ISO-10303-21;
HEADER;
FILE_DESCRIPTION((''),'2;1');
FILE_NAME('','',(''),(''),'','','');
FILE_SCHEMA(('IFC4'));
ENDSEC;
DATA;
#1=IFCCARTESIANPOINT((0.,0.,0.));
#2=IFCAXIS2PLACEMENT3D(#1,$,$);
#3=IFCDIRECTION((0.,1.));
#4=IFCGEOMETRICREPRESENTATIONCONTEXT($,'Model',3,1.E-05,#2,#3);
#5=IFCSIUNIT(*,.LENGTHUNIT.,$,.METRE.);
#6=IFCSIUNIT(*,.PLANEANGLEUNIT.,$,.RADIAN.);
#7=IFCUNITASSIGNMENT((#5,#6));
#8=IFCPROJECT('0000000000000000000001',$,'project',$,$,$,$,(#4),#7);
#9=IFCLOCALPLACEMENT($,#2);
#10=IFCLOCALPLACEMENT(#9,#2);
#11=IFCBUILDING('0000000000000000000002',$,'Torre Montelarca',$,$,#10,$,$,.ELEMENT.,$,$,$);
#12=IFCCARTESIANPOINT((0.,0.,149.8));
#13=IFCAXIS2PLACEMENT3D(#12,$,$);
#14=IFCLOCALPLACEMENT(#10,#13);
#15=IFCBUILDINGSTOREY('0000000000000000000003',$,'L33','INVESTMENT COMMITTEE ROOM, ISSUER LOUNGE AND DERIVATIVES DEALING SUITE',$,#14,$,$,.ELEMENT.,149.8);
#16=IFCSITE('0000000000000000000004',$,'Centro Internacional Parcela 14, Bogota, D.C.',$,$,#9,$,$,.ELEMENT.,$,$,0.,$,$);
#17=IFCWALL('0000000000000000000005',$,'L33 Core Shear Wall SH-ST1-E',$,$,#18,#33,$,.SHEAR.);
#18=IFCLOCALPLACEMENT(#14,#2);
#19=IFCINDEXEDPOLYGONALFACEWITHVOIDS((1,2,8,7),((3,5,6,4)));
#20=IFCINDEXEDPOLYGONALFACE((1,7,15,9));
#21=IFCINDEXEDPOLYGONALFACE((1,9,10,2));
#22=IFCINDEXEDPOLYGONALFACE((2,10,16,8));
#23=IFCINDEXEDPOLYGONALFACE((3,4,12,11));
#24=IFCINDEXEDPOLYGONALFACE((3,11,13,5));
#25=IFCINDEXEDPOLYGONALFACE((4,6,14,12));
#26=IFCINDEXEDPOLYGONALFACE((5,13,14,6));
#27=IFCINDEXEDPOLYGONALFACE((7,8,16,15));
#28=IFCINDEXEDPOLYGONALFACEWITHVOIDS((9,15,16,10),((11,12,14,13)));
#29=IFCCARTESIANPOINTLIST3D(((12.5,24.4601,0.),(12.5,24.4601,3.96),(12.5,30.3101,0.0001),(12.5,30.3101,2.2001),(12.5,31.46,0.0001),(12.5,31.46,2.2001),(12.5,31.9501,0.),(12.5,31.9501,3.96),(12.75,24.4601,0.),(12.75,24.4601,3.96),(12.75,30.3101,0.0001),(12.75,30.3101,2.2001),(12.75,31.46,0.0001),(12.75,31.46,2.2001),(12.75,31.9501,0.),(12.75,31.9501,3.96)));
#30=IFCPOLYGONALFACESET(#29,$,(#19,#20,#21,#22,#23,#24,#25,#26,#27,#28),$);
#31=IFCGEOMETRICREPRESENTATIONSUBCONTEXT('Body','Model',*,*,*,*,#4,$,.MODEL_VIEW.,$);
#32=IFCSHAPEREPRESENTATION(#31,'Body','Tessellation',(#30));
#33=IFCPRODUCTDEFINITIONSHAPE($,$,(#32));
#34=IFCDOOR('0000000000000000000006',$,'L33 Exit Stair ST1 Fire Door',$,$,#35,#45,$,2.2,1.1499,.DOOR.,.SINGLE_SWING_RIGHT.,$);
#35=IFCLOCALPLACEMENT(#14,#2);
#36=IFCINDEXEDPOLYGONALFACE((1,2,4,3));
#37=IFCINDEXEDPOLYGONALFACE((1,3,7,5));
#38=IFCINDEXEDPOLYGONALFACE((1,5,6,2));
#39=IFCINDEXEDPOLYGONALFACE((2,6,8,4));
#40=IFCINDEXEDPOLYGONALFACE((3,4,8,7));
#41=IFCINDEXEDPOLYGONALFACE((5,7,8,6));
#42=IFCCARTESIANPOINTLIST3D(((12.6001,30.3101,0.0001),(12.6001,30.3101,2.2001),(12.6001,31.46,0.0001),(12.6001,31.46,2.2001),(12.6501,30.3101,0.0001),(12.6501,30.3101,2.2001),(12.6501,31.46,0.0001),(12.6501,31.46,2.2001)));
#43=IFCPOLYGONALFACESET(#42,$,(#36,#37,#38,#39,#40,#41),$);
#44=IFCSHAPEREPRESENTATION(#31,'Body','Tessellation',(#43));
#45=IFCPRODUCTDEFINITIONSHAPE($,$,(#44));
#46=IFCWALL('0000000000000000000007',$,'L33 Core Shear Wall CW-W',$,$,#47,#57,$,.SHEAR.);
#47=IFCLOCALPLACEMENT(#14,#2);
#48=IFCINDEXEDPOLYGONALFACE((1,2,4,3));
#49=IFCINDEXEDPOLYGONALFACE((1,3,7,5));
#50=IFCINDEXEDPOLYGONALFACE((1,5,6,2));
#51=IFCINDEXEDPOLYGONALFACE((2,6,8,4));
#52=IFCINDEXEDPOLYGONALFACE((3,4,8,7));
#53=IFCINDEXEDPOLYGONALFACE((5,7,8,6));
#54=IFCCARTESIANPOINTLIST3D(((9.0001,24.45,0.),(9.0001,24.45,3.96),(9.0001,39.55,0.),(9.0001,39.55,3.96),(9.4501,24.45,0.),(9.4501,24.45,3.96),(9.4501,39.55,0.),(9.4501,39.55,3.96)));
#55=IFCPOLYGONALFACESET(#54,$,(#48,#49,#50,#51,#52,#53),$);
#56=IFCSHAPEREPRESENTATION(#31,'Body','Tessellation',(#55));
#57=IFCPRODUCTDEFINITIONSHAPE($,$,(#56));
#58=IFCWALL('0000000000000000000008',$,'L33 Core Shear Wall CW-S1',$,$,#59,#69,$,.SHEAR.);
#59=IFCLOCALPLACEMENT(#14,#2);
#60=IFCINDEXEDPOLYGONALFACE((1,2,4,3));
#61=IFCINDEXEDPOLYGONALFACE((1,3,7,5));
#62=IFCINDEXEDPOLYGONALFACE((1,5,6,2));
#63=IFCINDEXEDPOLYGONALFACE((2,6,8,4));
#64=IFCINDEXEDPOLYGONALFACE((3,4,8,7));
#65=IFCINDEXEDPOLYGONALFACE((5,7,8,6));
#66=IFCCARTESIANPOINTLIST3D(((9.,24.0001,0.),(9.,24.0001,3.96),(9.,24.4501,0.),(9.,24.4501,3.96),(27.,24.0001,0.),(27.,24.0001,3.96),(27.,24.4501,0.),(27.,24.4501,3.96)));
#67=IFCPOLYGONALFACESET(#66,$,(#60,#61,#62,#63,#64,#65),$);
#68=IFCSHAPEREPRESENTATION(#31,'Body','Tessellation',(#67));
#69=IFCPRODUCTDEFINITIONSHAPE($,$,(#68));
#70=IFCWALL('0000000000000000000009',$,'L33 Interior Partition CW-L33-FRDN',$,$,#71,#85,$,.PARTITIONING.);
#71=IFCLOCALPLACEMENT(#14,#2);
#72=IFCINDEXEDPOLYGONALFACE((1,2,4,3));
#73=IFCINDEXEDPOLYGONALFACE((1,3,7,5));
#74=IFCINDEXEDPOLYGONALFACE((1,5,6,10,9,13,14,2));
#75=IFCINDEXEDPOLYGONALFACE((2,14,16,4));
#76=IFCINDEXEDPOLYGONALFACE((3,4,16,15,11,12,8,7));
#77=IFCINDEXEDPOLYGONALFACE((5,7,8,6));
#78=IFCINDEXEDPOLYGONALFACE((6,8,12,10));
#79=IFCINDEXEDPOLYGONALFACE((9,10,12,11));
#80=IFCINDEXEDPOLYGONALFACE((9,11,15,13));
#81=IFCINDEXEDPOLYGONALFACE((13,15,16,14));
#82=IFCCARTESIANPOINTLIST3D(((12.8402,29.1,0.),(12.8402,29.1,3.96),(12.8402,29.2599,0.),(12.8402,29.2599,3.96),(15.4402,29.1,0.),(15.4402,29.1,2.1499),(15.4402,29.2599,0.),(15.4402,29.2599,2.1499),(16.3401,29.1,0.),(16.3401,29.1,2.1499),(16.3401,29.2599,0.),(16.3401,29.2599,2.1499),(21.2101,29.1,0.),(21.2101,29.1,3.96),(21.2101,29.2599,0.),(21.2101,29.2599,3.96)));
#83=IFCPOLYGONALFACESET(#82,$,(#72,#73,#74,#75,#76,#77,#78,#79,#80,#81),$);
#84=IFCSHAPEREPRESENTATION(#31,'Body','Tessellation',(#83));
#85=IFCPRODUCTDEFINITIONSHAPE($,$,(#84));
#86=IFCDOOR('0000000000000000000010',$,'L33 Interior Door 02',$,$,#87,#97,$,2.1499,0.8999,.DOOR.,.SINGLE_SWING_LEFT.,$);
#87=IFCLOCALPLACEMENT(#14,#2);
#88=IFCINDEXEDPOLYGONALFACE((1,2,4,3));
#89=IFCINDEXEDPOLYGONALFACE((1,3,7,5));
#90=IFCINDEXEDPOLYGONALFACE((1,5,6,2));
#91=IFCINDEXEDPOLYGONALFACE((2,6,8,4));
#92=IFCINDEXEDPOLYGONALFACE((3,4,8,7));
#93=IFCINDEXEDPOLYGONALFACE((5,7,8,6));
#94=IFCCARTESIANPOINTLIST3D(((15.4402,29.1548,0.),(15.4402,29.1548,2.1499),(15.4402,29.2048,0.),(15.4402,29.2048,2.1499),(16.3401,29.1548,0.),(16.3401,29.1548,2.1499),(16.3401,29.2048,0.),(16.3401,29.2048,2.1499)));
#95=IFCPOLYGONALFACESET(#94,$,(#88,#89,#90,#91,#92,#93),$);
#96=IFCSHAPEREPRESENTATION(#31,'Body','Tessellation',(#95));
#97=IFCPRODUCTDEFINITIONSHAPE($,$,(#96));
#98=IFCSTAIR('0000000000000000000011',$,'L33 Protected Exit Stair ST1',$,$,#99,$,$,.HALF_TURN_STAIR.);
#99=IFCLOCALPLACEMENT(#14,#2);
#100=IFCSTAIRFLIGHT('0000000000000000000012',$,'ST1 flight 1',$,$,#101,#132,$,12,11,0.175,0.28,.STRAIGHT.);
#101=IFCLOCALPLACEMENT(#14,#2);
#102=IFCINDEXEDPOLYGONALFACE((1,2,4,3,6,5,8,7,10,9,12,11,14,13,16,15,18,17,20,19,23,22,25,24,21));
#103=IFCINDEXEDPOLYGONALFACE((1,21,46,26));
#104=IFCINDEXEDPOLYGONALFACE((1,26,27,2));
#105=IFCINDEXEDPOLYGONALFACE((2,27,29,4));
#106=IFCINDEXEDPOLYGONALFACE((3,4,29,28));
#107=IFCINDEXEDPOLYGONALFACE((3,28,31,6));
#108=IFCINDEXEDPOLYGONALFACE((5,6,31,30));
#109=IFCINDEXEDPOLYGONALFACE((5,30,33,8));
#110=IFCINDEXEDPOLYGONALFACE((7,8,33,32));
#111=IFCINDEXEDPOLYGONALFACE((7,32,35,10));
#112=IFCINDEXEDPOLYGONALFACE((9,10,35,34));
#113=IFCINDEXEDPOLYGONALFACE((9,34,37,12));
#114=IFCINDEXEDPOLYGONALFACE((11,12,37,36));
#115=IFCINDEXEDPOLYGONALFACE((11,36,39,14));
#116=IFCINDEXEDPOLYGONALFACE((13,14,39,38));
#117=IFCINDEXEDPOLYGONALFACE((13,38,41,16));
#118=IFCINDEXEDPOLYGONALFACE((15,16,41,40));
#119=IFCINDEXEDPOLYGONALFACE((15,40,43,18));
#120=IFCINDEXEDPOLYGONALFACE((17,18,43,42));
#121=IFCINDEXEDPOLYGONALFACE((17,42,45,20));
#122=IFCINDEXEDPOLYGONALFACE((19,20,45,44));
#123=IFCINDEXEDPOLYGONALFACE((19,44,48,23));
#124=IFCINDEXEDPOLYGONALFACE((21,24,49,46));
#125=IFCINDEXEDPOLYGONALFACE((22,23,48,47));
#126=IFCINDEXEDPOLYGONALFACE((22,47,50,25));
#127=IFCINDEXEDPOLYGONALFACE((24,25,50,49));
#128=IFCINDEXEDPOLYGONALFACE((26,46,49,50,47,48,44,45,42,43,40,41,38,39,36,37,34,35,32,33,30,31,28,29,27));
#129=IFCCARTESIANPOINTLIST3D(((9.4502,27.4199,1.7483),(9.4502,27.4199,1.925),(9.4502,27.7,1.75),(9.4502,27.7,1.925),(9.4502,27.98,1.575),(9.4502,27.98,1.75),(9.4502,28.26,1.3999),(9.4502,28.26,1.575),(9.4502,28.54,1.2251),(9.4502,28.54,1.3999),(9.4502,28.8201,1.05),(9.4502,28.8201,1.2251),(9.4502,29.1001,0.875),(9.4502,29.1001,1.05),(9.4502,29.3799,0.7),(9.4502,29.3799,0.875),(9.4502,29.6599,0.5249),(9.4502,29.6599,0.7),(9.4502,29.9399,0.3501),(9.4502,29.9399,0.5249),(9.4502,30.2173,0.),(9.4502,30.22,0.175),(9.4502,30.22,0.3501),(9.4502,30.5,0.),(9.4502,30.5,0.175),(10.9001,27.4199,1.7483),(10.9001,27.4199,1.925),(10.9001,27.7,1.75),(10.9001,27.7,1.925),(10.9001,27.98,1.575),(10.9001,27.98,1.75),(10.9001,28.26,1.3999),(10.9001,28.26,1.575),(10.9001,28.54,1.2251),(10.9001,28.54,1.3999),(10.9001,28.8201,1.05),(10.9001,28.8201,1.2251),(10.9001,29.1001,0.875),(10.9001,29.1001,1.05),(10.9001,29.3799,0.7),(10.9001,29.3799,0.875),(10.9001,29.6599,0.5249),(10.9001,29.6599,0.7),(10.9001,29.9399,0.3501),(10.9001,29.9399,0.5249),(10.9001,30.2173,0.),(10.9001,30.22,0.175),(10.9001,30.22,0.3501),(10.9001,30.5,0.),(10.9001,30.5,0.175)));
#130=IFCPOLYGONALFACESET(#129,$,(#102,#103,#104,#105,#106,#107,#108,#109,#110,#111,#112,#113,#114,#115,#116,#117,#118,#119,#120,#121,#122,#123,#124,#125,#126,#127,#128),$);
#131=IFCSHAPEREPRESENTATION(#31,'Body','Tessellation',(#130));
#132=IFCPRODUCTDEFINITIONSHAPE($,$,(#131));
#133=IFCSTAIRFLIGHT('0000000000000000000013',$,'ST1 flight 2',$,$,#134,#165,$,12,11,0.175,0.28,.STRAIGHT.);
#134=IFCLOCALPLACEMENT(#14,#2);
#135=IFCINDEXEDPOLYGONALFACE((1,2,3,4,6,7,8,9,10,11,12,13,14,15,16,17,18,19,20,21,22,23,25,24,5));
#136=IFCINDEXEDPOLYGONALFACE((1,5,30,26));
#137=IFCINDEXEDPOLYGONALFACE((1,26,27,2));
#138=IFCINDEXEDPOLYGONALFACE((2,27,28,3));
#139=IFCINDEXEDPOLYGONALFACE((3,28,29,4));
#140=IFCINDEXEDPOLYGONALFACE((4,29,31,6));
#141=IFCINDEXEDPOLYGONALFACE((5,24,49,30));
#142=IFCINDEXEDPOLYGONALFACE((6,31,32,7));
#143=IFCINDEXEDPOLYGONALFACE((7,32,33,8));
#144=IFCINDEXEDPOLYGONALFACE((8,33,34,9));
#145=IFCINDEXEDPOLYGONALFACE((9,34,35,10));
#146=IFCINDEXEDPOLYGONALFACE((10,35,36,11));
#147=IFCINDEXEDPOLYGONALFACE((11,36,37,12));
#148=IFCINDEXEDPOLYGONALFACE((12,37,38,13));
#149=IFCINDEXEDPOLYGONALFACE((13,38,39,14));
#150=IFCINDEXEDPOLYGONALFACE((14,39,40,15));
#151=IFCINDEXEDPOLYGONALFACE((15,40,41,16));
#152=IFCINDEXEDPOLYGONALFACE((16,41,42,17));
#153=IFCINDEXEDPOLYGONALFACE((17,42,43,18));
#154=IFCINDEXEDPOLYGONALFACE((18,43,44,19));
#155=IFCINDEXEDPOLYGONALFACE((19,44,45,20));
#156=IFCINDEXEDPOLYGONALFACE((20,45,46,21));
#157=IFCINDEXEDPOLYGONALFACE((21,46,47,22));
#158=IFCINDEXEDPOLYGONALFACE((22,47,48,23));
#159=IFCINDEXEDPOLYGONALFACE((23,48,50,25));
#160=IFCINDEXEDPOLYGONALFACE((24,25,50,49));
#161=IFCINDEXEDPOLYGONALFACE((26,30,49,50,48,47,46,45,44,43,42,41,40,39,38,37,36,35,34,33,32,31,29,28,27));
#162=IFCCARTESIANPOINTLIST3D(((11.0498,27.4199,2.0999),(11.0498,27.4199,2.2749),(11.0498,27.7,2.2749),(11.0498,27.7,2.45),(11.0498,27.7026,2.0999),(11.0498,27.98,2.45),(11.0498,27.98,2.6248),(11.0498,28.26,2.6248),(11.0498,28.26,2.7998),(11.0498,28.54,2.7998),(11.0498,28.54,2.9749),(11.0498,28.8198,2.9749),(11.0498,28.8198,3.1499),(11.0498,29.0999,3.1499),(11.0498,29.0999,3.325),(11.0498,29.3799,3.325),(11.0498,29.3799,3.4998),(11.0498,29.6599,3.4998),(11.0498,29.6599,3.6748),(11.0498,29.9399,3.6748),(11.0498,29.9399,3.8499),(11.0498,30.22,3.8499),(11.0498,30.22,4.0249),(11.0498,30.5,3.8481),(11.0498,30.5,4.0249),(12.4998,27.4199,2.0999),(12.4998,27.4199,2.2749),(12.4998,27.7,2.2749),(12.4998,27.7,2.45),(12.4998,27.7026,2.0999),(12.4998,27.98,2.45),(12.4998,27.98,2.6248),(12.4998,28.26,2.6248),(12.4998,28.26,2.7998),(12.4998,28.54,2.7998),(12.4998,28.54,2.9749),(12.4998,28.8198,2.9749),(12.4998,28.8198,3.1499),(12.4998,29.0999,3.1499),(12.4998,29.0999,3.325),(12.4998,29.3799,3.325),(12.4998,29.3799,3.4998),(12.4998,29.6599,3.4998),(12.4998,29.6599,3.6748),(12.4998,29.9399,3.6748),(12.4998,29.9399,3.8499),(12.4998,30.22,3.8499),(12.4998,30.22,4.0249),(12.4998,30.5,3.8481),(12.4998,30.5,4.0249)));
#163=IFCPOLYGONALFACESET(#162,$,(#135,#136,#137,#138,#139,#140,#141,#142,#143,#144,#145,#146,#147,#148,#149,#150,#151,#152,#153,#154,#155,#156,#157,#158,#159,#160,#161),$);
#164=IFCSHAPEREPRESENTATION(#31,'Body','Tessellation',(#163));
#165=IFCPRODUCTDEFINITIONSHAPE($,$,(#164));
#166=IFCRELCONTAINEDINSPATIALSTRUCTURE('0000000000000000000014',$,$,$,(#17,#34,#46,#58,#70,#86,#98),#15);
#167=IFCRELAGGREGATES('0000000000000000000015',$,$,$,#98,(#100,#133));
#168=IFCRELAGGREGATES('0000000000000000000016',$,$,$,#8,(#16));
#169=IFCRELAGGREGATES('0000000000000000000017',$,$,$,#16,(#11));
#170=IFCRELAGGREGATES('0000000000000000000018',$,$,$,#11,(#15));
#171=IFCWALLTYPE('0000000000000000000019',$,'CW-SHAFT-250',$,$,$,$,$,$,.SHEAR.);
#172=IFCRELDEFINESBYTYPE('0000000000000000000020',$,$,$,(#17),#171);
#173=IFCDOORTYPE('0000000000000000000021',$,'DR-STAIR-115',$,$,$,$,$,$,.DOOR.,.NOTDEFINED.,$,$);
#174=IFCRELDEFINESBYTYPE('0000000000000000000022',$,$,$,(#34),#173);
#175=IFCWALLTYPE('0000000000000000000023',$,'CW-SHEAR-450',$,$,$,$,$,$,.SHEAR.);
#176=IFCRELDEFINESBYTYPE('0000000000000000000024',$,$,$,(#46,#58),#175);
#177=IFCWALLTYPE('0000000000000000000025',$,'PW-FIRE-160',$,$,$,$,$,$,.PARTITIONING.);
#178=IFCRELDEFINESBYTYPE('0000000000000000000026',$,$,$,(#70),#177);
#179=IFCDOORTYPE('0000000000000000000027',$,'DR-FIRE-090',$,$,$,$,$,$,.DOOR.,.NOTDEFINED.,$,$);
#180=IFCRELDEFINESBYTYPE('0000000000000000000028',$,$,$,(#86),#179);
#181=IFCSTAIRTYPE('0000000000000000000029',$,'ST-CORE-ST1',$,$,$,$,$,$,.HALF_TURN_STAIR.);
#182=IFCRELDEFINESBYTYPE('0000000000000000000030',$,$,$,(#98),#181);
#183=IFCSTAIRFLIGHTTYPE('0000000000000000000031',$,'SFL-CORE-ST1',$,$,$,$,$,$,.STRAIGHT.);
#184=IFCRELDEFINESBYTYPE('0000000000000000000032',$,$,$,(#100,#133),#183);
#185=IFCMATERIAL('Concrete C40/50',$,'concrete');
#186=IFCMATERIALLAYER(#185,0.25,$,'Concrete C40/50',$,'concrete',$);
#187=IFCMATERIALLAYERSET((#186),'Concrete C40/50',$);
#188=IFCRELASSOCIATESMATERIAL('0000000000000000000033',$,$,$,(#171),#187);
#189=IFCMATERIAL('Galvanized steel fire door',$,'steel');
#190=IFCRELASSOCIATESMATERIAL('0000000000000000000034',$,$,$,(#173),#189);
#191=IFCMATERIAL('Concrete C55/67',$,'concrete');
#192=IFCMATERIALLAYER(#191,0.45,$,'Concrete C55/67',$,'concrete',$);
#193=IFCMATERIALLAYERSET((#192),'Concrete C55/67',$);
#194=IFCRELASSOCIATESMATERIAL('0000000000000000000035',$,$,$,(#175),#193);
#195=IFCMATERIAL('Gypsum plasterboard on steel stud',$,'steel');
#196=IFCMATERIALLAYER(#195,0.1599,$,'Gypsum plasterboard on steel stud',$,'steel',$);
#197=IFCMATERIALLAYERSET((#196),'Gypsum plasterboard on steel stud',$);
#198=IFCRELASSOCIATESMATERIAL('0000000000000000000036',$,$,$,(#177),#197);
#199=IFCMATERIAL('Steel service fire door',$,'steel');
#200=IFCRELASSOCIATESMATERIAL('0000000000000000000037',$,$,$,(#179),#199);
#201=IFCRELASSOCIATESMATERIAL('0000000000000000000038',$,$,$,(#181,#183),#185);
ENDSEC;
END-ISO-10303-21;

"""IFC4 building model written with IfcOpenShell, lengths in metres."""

from ifc_helpers import new_model, si_unit, direction, frame, frame_2d, origin, place, context, subcontext, project, spatial, polyline, rectangle, outline, extrude, source, transform, mapped, material, layer, layer_set, type_object, element, fill, aggregate, save


model = new_model("IFC4")

# Units and contexts
model_context = context("Model", 3, precision=1e-05, world=origin(), true_north=direction((0.0, 1.0)))
body_context = subcontext(model_context, "Body", "Model", "MODEL_VIEW")
ifc_project = project(units=[si_unit("LENGTHUNIT", "METRE"), si_unit("PLANEANGLEUNIT", "RADIAN")], contexts=[model_context])

# Site, building, storey
site_placement = place(None, origin())
site = spatial("IfcSite", under=ifc_project, at=site_placement, Name="Centro Internacional Parcela 14, Bogota, D.C.", CompositionType="ELEMENT", RefElevation=0.0)
building_placement = place(site_placement, origin())
building = spatial("IfcBuilding", under=site, at=building_placement, Name="Torre Montelarca", CompositionType="ELEMENT")
storey_placement = place(building_placement, frame((0.0, 0.0, 149.8)))
storey = spatial("IfcBuildingStorey", under=building, at=storey_placement, Name="L33", Description="INVESTMENT COMMITTEE ROOM, ISSUER LOUNGE AND DERIVATIVES DEALING SUITE", CompositionType="ELEMENT", Elevation=149.8)

# Shared definitions
ifc_material_1 = material(Name="Concrete C55/67", Category="concrete")

# Wall, opening, door
ifc_material_2 = material(Name="Concrete C40/50", Category="concrete")
ifc_layer_1 = layer(ifc_material_2, 0.25, Name="Concrete C40/50", Category="concrete")
ifc_layer_set_1 = layer_set([ifc_layer_1], Name="Concrete C40/50")
wall_type_1 = type_object("IfcWallType", Name="CW-SHAFT-250", PredefinedType="SHEAR", material=ifc_layer_set_1)
wall_1_placement = place(storey_placement, frame((12.625, 24.46, 0.0), z_axis=(0.0, 0.0, 1.0), x_axis=(0.0, 1.0, 0.0)))
wall_1 = element("IfcWall", 1, at=wall_1_placement, inside=storey, type_object=wall_type_1, Name="L33 Core Shear Wall SH-ST1-E", PredefinedType="SHEAR", context=body_context, shape_type="SweptSolid", body=[
    extrude(rectangle(XDim=7.49, YDim=0.25, at=frame_2d((3.7451, 0.0))), origin(), (0.0, 0.0, 1.0), 3.96),
])
opening_1_placement = place(wall_1_placement, frame((5.8501, 0.0, 0.0)))
opening_1 = element("IfcOpeningElement", 2, at=opening_1_placement, cuts=wall_1, PredefinedType="OPENING", context=body_context, shape_type="SweptSolid", body=[
    extrude(rectangle(XDim=1.1499, YDim=2.2, at=frame_2d((0.575, 1.1001))), frame((0.0, 0.135, 0.0), z_axis=(0.0, -1.0, 0.0), x_axis=(1.0, 0.0, 0.0)), (0.0, 0.0, 1.0), 0.27),
])
ifc_material_3 = material(Name="Galvanized steel fire door", Category="steel")
door_type_1 = type_object("IfcDoorType", Name="DR-STAIR-115", OperationType="NOTDEFINED", PredefinedType="DOOR", material=ifc_material_3)
shared_shape_1 = source(origin(), body_context, "Body", "SweptSolid", [
    extrude(rectangle(XDim=1.1499, YDim=2.2, at=frame_2d((0.575, 1.1001))), frame((0.0, 0.0249, 0.0), z_axis=(0.0, -1.0, 0.0), x_axis=(1.0, 0.0, 0.0)), (0.0, 0.0, 1.0), 0.05),
])
door_1_placement = place(opening_1_placement, origin())
door_1 = element("IfcDoor", 3, at=door_1_placement, inside=storey, type_object=door_type_1, Name="L33 Exit Stair ST1 Fire Door", OperationType="SINGLE_SWING_RIGHT", OverallHeight=2.2, OverallWidth=1.1499, PredefinedType="DOOR", context=body_context, shape_type="MappedRepresentation", body=[
    mapped(shared_shape_1, transform((0.0, 0.0, 0.0), scale=1.0)),
])
fill(opening_1, door_1)

# Walls
ifc_layer_2 = layer(ifc_material_1, 0.45, Name="Concrete C55/67", Category="concrete")
ifc_layer_set_2 = layer_set([ifc_layer_2], Name="Concrete C55/67")
wall_type_2 = type_object("IfcWallType", Name="CW-SHEAR-450", PredefinedType="SHEAR", material=ifc_layer_set_2)
wall_2_placement = place(storey_placement, frame((9.2251, 24.45, 0.0), z_axis=(0.0, 0.0, 1.0), x_axis=(0.0, 1.0, 0.0)))
element("IfcWall", 4, at=wall_2_placement, inside=storey, type_object=wall_type_2, Name="L33 Core Shear Wall CW-W", PredefinedType="SHEAR", context=body_context, shape_type="SweptSolid", body=[
    extrude(rectangle(XDim=15.1001, YDim=0.45, at=frame_2d((7.55, 0.0))), origin(), (0.0, 0.0, 1.0), 3.96),
])
wall_3_placement = place(storey_placement, frame((9.0, 24.2251, 0.0), z_axis=(0.0, 0.0, 1.0), x_axis=(1.0, 0.0, 0.0)))
element("IfcWall", 5, at=wall_3_placement, inside=storey, type_object=wall_type_2, Name="L33 Core Shear Wall CW-S1", PredefinedType="SHEAR", context=body_context, shape_type="SweptSolid", body=[
    extrude(rectangle(XDim=18.0, YDim=0.45, at=frame_2d((9.0, 0.0))), origin(), (0.0, 0.0, 1.0), 3.96),
])

# Wall, opening, door
ifc_material_4 = material(Name="Gypsum plasterboard on steel stud", Category="steel")
ifc_layer_3 = layer(ifc_material_4, 0.1599, Name="Gypsum plasterboard on steel stud", Category="steel")
ifc_layer_set_3 = layer_set([ifc_layer_3], Name="Gypsum plasterboard on steel stud")
wall_type_3 = type_object("IfcWallType", Name="PW-FIRE-160", PredefinedType="PARTITIONING", material=ifc_layer_set_3)
wall_4_placement = place(storey_placement, frame((12.8401, 29.1799, 0.0), z_axis=(0.0, 0.0, 1.0), x_axis=(1.0, 0.0, 0.0)))
wall_4 = element("IfcWall", 6, at=wall_4_placement, inside=storey, type_object=wall_type_3, Name="L33 Interior Partition CW-L33-FRDN", PredefinedType="PARTITIONING", context=body_context, shape_type="SweptSolid", body=[
    extrude(rectangle(XDim=8.3699, YDim=0.1599, at=frame_2d((4.1851, 0.0))), origin(), (0.0, 0.0, 1.0), 3.96),
])
opening_2_placement = place(wall_4_placement, frame((2.6001, 0.0, 0.0)))
opening_2 = element("IfcOpeningElement", 7, at=opening_2_placement, cuts=wall_4, PredefinedType="OPENING", context=body_context, shape_type="SweptSolid", body=[
    extrude(rectangle(XDim=0.8999, YDim=2.1499, at=frame_2d((0.45, 1.075))), frame((0.0, 0.0898, 0.0), z_axis=(0.0, -1.0, 0.0), x_axis=(1.0, 0.0, 0.0)), (0.0, 0.0, 1.0), 0.1799),
])
ifc_material_5 = material(Name="Steel service fire door", Category="steel")
door_type_2 = type_object("IfcDoorType", Name="DR-FIRE-090", OperationType="NOTDEFINED", PredefinedType="DOOR", material=ifc_material_5)
shared_shape_2 = source(origin(), body_context, "Body", "SweptSolid", [
    extrude(rectangle(XDim=0.8999, YDim=2.1499, at=frame_2d((0.45, 1.075))), frame((0.0, 0.0249, 0.0), z_axis=(0.0, -1.0, 0.0), x_axis=(1.0, 0.0, 0.0)), (0.0, 0.0, 1.0), 0.05),
])
door_2_placement = place(opening_2_placement, origin())
door_2 = element("IfcDoor", 8, at=door_2_placement, inside=storey, type_object=door_type_2, Name="L33 Interior Door 02", OperationType="SINGLE_SWING_LEFT", OverallHeight=2.1499, OverallWidth=0.8999, PredefinedType="DOOR", context=body_context, shape_type="MappedRepresentation", body=[
    mapped(shared_shape_2, transform((0.0, 0.0, 0.0), scale=1.0)),
])
fill(opening_2, door_2)

# Stair, stair flights
stair_type = type_object("IfcStairType", Name="ST-CORE-ST1", PredefinedType="HALF_TURN_STAIR", material=ifc_material_2)
stair_placement = place(storey_placement, origin())
stair = element("IfcStair", 9, at=stair_placement, inside=storey, type_object=stair_type, Name="L33 Protected Exit Stair ST1", PredefinedType="HALF_TURN_STAIR")
stair_flight_type = type_object("IfcStairFlightType", Name="SFL-CORE-ST1", PredefinedType="STRAIGHT", material=ifc_material_2)
stair_flight_1_placement = place(storey_placement, frame((10.175, 30.5, 0.0), z_axis=(0.0, 0.0, 1.0), x_axis=(0.0, -1.0, 0.0)))
stair_flight_1 = element("IfcStairFlight", 10, at=stair_flight_1_placement, type_object=stair_flight_type, Name="ST1 flight 1", NumberOfRisers=12, NumberOfTreads=11, PredefinedType="STRAIGHT", RiserHeight=0.175, TreadLength=0.28, context=body_context, shape_type="SweptSolid", body=[
    extrude(outline(polyline([(0.0, 0.0), (0.0, 0.175), (0.28, 0.175), (0.28, 0.3501), (0.5601, 0.3501), (0.5601, 0.5249), (0.8401, 0.5249), (0.8401, 0.7), (1.1201, 0.7), (1.1201, 0.875), (1.3999, 0.875), (1.3999, 1.05), (1.6799, 1.05), (1.6799, 1.2251), (1.96, 1.2251), (1.96, 1.3999), (2.24, 1.3999), (2.24, 1.575), (2.52, 1.575), (2.52, 1.75), (2.8, 1.75), (2.8, 1.925), (3.0801, 1.925), (3.0801, 2.1001), (3.0801, 1.7483), (0.2827, 0.0), (0.0, 0.0)])), frame((0.0, 0.7251, 0.0), z_axis=(0.0, -1.0, 0.0), x_axis=(1.0, 0.0, 0.0)), (0.0, 0.0, 1.0), 1.45),
])
stair_flight_2_placement = place(storey_placement, frame((11.7749, 27.4199, 2.0999), z_axis=(0.0, 0.0, 1.0), x_axis=(0.0, 1.0, 0.0)))
stair_flight_2 = element("IfcStairFlight", 11, at=stair_flight_2_placement, type_object=stair_flight_type, Name="ST1 flight 2", NumberOfRisers=12, NumberOfTreads=11, PredefinedType="STRAIGHT", RiserHeight=0.175, TreadLength=0.28, context=body_context, shape_type="SweptSolid", body=[
    extrude(outline(polyline([(0.0, 0.0), (0.0, 0.175), (0.28, 0.175), (0.28, 0.3501), (0.5601, 0.3501), (0.5601, 0.5249), (0.8401, 0.5249), (0.8401, 0.7), (1.1201, 0.7), (1.1201, 0.875), (1.3999, 0.875), (1.3999, 1.05), (1.6799, 1.05), (1.6799, 1.2251), (1.96, 1.2251), (1.96, 1.3999), (2.24, 1.3999), (2.24, 1.575), (2.52, 1.575), (2.52, 1.75), (2.8, 1.75), (2.8, 1.925), (3.0801, 1.925), (3.0801, 2.1001), (3.0801, 1.7483), (0.2827, 0.0), (0.0, 0.0)])), frame((0.0, 0.7251, 0.0), z_axis=(0.0, -1.0, 0.0), x_axis=(1.0, 0.0, 0.0)), (0.0, 0.0, 1.0), 1.45),
])
aggregate(stair, [stair_flight_1, stair_flight_2])

save(model, "model.ifc")
